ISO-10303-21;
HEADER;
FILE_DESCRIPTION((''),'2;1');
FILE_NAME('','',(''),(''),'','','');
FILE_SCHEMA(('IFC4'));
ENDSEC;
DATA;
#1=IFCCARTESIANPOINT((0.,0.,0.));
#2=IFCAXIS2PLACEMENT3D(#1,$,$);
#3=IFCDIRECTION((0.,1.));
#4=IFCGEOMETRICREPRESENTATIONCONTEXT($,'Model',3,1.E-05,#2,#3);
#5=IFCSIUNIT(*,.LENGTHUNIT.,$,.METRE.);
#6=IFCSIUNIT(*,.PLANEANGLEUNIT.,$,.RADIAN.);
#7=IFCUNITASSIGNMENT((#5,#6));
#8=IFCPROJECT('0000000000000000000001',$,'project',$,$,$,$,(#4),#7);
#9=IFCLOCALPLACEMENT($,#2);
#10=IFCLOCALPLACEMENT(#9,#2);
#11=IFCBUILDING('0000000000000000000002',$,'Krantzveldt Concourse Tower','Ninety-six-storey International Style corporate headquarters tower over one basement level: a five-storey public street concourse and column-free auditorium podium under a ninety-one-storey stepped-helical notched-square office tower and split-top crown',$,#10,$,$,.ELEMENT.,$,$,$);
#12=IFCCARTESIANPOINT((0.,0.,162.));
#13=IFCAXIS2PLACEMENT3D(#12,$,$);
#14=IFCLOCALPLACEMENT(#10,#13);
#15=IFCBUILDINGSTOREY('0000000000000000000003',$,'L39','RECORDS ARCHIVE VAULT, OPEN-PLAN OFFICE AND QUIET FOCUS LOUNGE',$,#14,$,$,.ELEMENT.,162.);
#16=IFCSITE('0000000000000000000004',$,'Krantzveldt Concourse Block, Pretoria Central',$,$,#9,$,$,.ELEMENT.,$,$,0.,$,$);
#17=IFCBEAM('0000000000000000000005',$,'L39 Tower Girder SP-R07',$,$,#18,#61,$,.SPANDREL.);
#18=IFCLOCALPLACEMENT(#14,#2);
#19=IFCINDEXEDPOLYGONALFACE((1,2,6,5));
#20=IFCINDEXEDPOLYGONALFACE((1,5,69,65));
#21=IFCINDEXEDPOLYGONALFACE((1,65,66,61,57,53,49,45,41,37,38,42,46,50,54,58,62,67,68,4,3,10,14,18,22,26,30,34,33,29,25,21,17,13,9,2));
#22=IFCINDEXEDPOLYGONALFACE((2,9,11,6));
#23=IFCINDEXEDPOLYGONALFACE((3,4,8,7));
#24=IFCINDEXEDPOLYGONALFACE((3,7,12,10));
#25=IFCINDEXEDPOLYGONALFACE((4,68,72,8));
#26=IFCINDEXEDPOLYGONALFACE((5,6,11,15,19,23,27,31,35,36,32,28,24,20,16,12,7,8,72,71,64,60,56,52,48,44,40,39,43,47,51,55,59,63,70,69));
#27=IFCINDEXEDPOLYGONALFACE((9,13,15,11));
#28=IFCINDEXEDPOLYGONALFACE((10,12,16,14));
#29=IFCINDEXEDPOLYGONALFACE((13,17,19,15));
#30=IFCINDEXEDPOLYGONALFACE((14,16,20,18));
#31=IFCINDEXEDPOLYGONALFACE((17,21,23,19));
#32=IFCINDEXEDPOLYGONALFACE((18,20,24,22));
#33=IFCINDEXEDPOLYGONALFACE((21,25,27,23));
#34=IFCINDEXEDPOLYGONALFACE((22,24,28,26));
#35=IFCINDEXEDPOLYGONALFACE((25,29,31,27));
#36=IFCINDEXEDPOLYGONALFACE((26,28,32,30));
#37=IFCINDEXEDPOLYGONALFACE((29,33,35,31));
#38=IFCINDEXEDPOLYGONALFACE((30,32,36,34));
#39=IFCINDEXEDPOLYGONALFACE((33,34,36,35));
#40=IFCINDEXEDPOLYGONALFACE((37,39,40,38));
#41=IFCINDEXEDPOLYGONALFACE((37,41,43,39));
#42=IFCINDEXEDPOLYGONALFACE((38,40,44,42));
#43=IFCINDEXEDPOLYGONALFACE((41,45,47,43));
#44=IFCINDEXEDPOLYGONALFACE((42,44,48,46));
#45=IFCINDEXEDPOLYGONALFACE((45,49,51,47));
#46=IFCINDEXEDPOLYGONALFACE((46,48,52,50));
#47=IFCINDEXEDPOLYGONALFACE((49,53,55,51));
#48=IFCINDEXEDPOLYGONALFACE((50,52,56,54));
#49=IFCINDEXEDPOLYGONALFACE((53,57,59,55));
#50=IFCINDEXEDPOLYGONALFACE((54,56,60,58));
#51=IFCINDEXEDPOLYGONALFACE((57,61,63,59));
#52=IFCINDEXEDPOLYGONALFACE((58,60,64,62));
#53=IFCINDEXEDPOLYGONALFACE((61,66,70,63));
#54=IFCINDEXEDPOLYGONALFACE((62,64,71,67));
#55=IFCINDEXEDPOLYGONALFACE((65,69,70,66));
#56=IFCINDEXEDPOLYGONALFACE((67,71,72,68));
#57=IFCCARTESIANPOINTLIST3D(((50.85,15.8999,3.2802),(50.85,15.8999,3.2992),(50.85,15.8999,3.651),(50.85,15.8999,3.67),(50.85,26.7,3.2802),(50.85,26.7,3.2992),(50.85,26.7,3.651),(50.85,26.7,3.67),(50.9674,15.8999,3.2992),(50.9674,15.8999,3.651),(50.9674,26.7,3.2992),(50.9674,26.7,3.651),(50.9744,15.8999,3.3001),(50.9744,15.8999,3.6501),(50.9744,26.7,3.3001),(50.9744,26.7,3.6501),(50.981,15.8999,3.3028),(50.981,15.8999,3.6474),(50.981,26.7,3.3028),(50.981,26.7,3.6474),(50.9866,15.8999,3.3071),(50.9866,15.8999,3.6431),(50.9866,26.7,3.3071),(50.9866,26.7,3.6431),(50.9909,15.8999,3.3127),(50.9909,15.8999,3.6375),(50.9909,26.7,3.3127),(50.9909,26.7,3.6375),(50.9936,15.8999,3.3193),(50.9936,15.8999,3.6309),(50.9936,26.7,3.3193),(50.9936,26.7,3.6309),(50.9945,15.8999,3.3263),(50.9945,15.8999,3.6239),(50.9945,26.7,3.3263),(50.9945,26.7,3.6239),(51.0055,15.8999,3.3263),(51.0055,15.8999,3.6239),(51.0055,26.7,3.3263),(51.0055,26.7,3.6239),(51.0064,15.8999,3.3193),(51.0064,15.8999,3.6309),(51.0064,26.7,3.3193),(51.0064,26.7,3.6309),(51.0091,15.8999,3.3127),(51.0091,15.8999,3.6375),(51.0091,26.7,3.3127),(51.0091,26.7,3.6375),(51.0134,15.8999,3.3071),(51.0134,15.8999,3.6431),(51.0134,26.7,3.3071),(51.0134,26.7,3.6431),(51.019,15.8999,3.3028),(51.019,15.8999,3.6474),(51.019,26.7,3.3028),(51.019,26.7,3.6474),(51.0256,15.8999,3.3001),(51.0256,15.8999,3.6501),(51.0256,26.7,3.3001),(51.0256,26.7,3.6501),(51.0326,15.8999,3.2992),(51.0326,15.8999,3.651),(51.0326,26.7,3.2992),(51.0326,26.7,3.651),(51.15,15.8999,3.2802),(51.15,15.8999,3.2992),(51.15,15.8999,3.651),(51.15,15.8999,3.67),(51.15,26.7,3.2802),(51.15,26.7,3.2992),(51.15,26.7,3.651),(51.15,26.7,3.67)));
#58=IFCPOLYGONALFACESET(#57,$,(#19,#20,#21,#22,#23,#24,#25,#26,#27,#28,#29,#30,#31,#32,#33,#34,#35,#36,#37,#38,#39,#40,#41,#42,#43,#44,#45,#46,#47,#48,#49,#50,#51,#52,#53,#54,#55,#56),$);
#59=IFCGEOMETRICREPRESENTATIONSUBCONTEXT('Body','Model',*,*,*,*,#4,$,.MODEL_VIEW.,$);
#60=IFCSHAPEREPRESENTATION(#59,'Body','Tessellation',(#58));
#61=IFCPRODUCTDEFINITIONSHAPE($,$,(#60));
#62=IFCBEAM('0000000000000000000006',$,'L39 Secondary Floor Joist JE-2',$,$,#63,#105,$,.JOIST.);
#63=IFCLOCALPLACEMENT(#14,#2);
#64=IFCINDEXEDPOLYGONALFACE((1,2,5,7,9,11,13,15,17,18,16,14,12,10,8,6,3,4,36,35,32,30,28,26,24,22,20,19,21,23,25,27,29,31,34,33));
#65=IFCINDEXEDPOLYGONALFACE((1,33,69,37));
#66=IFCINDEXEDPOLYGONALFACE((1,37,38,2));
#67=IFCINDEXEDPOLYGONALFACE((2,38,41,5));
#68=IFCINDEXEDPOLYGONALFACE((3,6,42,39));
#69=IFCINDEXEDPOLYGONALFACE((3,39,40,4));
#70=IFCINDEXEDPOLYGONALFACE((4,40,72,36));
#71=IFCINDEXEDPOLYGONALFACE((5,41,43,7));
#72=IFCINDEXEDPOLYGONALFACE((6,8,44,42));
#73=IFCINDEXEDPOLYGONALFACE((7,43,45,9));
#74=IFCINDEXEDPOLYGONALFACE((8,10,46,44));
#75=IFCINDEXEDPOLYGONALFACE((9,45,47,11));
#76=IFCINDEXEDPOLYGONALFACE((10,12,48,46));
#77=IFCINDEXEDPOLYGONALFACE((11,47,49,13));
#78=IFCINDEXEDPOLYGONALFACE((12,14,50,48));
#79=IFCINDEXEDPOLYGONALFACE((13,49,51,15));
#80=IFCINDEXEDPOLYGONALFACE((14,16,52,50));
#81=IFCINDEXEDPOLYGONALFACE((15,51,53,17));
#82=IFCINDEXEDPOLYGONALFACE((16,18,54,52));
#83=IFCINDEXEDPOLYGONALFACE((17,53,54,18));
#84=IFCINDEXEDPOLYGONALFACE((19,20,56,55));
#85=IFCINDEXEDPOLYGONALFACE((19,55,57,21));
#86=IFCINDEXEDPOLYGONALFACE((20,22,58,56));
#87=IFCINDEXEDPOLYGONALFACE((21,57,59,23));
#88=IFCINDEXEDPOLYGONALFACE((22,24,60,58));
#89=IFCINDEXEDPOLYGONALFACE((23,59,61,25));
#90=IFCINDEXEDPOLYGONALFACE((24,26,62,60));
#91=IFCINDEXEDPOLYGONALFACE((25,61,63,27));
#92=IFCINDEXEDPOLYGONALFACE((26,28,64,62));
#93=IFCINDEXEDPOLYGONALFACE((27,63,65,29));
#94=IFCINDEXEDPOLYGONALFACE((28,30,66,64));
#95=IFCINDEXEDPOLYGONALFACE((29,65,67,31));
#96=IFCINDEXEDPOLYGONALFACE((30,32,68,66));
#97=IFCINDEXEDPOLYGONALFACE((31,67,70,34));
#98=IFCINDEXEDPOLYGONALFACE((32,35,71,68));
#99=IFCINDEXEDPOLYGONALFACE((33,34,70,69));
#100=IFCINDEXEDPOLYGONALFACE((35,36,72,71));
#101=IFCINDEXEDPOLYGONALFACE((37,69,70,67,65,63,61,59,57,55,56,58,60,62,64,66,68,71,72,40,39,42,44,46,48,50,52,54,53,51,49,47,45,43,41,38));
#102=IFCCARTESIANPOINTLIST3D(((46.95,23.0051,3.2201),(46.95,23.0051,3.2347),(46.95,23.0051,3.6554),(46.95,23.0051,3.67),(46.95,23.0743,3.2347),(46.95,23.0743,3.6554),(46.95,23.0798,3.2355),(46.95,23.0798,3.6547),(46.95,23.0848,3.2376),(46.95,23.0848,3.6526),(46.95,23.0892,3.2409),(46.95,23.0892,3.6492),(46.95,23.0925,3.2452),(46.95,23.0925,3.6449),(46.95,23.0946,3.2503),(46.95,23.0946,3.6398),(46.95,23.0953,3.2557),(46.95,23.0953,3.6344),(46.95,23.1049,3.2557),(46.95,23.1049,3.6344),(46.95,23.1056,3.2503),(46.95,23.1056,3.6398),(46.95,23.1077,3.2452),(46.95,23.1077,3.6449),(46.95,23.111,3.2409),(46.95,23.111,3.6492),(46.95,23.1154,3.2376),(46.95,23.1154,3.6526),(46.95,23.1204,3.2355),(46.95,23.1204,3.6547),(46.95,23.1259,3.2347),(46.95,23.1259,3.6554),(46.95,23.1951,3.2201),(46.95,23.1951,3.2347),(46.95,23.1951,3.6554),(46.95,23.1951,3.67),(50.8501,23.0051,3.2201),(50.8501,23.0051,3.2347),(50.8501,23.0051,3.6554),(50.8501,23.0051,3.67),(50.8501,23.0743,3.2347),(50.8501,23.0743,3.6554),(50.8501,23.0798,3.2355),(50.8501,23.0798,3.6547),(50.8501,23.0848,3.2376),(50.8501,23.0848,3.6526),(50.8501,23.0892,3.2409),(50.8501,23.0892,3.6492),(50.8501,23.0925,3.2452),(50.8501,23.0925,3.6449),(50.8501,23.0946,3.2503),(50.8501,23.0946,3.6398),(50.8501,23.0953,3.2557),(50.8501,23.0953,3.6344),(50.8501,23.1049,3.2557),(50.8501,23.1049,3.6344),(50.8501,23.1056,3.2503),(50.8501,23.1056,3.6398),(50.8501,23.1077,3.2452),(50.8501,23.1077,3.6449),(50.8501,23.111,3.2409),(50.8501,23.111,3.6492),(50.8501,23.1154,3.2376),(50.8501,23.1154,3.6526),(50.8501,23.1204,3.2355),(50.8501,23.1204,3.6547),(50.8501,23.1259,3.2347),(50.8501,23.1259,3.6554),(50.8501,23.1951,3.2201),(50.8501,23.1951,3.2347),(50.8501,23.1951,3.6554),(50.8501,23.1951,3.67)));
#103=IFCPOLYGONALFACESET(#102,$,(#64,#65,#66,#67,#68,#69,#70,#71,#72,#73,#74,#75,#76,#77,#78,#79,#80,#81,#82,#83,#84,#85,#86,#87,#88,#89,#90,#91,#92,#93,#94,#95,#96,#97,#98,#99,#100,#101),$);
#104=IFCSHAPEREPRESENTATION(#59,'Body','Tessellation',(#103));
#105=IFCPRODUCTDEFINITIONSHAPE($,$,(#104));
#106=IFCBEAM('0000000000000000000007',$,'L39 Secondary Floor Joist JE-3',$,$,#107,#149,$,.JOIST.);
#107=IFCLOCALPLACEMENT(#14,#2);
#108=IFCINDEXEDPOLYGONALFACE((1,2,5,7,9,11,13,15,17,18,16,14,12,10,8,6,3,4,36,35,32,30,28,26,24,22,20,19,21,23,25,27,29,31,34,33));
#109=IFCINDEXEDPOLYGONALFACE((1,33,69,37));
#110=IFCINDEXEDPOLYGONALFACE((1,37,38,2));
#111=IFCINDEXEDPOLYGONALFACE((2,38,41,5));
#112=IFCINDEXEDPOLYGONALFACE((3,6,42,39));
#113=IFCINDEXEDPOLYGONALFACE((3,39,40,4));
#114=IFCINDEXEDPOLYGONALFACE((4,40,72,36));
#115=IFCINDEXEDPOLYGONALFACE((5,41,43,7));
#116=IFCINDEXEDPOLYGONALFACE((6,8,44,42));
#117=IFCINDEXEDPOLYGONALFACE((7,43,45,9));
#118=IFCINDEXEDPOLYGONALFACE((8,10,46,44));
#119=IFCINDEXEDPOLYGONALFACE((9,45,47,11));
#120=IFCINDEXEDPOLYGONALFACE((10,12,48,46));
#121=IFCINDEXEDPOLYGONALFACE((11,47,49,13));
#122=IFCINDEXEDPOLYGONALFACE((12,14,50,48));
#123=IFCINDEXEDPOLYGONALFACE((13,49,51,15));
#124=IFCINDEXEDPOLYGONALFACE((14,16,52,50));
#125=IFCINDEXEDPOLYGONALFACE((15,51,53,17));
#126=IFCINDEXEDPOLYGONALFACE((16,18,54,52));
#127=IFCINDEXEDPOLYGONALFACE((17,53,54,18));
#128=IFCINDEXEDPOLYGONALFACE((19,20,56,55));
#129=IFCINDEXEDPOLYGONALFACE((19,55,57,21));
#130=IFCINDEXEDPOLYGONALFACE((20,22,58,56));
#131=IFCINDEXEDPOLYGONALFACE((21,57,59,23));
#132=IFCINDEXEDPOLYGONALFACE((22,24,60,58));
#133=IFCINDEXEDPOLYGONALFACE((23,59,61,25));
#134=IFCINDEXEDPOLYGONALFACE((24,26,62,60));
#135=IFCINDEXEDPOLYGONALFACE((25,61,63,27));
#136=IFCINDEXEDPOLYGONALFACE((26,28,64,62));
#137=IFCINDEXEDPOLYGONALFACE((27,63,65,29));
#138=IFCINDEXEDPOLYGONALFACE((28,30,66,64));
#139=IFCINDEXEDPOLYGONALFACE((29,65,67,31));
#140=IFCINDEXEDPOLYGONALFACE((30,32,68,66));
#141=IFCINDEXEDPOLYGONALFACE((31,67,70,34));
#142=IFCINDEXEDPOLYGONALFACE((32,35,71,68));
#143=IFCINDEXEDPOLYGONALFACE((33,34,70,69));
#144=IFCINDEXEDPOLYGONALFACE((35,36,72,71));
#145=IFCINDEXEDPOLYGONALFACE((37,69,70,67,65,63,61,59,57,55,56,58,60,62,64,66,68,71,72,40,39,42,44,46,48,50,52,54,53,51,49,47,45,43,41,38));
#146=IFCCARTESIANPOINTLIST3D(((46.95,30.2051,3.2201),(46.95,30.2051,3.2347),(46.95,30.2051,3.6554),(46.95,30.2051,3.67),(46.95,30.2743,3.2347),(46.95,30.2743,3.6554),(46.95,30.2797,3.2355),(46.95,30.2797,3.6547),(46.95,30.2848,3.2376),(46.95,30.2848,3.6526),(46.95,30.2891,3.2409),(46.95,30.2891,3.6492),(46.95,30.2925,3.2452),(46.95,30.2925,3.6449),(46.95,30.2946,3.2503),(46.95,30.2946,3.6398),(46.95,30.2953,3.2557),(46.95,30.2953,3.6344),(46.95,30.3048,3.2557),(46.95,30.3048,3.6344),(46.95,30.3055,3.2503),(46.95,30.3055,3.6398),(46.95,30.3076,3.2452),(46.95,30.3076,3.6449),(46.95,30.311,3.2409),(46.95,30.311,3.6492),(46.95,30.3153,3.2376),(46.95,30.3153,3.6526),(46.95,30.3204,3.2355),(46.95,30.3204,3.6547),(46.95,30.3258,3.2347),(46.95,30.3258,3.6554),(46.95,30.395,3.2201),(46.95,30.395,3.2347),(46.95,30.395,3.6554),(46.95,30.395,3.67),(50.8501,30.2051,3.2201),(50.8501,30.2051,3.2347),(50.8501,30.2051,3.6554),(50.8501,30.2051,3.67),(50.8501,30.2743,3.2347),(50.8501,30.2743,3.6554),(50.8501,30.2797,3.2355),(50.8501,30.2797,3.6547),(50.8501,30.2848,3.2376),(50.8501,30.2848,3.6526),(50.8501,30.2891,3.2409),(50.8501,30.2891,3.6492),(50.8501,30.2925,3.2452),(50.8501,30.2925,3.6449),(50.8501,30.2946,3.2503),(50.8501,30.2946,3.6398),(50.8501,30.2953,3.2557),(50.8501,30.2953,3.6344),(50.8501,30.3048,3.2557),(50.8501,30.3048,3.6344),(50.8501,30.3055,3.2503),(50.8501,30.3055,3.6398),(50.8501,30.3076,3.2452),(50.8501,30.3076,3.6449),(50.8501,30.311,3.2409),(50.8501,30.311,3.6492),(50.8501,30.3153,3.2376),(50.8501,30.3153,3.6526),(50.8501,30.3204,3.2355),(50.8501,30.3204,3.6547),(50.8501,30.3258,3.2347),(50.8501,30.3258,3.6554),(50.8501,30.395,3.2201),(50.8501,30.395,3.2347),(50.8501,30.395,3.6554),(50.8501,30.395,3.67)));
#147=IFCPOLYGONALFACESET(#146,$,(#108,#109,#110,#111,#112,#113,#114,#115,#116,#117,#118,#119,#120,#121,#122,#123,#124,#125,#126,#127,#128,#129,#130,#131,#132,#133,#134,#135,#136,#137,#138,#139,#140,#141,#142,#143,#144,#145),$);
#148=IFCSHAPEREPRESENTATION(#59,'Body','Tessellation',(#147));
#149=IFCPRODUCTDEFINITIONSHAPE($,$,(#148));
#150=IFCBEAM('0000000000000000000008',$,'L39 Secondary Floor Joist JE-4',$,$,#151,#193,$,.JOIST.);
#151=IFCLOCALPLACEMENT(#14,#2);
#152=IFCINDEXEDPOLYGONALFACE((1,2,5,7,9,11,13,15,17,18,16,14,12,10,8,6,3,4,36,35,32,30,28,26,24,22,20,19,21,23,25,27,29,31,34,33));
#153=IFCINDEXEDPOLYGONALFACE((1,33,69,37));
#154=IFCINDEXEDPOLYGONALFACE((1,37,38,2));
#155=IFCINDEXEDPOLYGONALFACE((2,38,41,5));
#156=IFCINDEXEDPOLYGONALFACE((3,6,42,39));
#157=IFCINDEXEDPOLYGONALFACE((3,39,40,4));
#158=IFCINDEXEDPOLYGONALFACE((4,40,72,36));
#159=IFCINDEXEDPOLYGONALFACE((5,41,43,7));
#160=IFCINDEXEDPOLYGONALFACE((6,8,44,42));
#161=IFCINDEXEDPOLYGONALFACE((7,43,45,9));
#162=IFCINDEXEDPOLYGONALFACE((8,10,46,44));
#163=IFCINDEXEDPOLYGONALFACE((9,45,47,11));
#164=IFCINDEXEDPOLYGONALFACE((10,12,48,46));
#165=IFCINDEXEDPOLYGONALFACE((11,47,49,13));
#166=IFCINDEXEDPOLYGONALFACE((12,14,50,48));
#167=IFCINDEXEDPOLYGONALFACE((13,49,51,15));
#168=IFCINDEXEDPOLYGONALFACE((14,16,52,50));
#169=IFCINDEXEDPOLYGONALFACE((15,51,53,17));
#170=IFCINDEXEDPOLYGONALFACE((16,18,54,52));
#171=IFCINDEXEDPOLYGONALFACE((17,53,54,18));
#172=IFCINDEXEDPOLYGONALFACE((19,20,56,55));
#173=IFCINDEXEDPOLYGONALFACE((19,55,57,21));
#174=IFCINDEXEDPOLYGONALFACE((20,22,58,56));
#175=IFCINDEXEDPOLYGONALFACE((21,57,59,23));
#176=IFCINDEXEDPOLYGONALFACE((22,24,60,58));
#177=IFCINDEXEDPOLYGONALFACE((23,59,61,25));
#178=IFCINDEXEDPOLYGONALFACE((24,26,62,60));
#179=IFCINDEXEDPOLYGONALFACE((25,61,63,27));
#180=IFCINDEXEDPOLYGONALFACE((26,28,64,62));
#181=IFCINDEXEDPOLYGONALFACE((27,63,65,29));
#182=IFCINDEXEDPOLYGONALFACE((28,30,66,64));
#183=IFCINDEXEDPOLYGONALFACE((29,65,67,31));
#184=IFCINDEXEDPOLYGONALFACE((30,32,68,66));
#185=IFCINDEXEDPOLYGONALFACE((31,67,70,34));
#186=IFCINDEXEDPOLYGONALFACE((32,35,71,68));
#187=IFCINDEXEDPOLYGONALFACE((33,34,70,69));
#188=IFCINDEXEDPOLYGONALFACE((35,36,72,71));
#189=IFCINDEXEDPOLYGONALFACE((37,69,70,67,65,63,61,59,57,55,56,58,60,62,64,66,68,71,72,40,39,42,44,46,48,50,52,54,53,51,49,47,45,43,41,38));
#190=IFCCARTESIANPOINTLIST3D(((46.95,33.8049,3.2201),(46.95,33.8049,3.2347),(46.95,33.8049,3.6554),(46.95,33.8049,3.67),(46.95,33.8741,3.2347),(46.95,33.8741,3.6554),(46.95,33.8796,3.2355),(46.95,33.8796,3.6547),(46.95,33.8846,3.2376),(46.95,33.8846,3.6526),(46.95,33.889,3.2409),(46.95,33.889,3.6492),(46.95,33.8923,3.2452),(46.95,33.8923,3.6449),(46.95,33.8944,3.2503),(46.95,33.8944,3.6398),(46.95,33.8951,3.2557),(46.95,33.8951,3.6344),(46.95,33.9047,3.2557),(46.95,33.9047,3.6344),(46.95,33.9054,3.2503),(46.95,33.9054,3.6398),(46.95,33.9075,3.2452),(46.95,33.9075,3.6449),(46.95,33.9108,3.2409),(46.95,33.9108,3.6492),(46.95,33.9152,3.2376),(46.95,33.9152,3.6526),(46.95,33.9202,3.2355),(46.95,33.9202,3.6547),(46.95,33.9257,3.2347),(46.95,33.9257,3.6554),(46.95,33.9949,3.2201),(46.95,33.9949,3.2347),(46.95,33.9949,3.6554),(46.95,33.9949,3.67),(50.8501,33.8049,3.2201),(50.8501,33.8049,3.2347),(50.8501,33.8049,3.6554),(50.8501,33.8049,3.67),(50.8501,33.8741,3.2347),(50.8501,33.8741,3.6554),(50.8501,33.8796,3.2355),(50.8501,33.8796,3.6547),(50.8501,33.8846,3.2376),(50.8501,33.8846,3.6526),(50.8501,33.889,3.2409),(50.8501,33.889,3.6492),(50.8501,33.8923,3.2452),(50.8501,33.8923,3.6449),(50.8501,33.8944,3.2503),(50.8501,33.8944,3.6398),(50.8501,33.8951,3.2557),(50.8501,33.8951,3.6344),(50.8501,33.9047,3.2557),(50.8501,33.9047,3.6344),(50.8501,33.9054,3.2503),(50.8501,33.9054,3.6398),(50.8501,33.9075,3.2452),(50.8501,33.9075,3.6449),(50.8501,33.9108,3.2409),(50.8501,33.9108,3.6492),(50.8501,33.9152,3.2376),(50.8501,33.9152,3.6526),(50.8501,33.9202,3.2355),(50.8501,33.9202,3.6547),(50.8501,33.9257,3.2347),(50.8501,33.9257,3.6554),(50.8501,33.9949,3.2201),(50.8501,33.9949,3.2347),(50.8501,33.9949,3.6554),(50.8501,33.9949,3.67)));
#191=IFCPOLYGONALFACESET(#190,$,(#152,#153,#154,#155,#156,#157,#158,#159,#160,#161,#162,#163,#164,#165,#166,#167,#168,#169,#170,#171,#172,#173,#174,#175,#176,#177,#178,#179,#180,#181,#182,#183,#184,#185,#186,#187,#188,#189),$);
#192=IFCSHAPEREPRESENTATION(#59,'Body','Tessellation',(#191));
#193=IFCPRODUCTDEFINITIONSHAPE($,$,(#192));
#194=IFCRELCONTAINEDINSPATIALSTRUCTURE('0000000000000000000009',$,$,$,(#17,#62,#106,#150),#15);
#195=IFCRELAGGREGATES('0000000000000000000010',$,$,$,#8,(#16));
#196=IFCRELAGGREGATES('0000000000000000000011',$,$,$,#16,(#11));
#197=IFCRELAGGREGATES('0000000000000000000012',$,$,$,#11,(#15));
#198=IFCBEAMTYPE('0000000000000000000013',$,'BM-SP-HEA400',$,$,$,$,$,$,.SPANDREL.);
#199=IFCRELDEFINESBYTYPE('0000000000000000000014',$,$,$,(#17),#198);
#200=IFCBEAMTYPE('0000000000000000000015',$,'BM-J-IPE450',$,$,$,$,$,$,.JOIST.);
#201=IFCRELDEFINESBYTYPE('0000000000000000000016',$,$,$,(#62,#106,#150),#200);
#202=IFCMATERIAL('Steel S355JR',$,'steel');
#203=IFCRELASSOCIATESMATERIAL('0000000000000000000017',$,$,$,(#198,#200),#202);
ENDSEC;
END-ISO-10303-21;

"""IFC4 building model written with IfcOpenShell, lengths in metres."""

from ifc_helpers import new_model, si_unit, direction, frame, origin, origin_2d, place, context, subcontext, project, spatial, i_section, extrude, source, transform, mapped, material, material_profile, profile_set, type_object, type_shapes, element, save


model = new_model("IFC4")

# Units and contexts
model_context = context("Model", 3, precision=1e-05, world=origin(), true_north=direction((0.0, 1.0)))
body_context = subcontext(model_context, "Body", "Model", "MODEL_VIEW")
ifc_project = project(units=[si_unit("LENGTHUNIT", "METRE"), si_unit("PLANEANGLEUNIT", "RADIAN")], contexts=[model_context])

# Site, building, storey
site_placement = place(None, origin())
site = spatial("IfcSite", under=ifc_project, at=site_placement, Name="Krantzveldt Concourse Block, Pretoria Central", CompositionType="ELEMENT", RefElevation=0.0)
building_placement = place(site_placement, origin())
building = spatial("IfcBuilding", under=site, at=building_placement, Name="Krantzveldt Concourse Tower", Description="Ninety-six-storey International Style corporate headquarters tower over one basement level: a five-storey public street concourse and column-free auditorium podium under a ninety-one-storey stepped-helical notched-square office tower and split-top crown", CompositionType="ELEMENT")
storey_placement = place(building_placement, frame((0.0, 0.0, 162.0)))
storey = spatial("IfcBuildingStorey", under=building, at=storey_placement, Name="L39", Description="RECORDS ARCHIVE VAULT, OPEN-PLAN OFFICE AND QUIET FOCUS LOUNGE", CompositionType="ELEMENT", Elevation=162.0)

# Beams
ifc_material_1 = material(Name="Steel S355JR", Category="steel")
ifc_material_profile_1 = material_profile(ifc_material_1, i_section(OverallWidth=0.3, OverallDepth=0.3899, WebThickness=0.011, FlangeThickness=0.019, FilletRadius=0.0271, at=origin_2d()), Name="Steel S355JR", Category="steel")
ifc_profile_set_1 = profile_set([ifc_material_profile_1], Name="Steel S355JR - HEA 400")
beam_type_1 = type_object("IfcBeamType", Name="BM-SP-HEA400", PredefinedType="SPANDREL", material=ifc_profile_set_1)
shared_shape_1 = source(origin(), body_context, "Body", "SweptSolid", [
    extrude(i_section(OverallWidth=0.3, OverallDepth=0.3899, WebThickness=0.011, FlangeThickness=0.019, FilletRadius=0.0271, at=origin_2d()), origin(), (0.0, 0.0, 1.0), 10.8),
])
type_shapes(beam_type_1, [shared_shape_1])
for number, where, z_axis, x_axis, name in (
    (1, (51.0, 26.7, 3.4751), (0.0, -1.0, 0.0), (1.0, 0.0, 0.0), "L39 Tower Girder SP-R07"),
):
    element("IfcBeam", number, at=place(storey_placement, frame(where, z_axis=z_axis, x_axis=x_axis)), inside=storey, type_object=beam_type_1, Name=name, PredefinedType="SPANDREL", context=body_context, shape_type="MappedRepresentation", body=[
        mapped(shared_shape_1, transform((0.0, 0.0, 0.0), x_axis=(1.0, 0.0, 0.0), y_axis=(0.0, 1.0, 0.0), z_axis=(0.0, 0.0, 1.0), scale=1.0)),
    ])
ifc_material_profile_2 = material_profile(ifc_material_1, i_section(OverallWidth=0.1899, OverallDepth=0.45, WebThickness=0.0095, FlangeThickness=0.0146, FilletRadius=0.021, at=origin_2d()), Name="Steel S355JR", Category="steel")
ifc_profile_set_2 = profile_set([ifc_material_profile_2], Name="Steel S355JR - IPE 450")
beam_type_2 = type_object("IfcBeamType", Name="BM-J-IPE450", PredefinedType="JOIST", material=ifc_profile_set_2)
shared_shape_2 = source(origin(), body_context, "Body", "SweptSolid", [
    extrude(i_section(OverallWidth=0.1899, OverallDepth=0.45, WebThickness=0.0095, FlangeThickness=0.0146, FilletRadius=0.021, at=origin_2d()), origin(), (0.0, 0.0, 1.0), 3.9001),
])
type_shapes(beam_type_2, [shared_shape_2])
for number, where, z_axis, x_axis, name in (
    (2, (46.95, 23.1001, 3.4451), (1.0, 0.0, 0.0), (0.0, 1.0, 0.0), "L39 Secondary Floor Joist JE-2"),
    (3, (46.95, 30.3, 3.4451), (1.0, 0.0, 0.0), (0.0, 1.0, 0.0), "L39 Secondary Floor Joist JE-3"),
    (4, (46.95, 33.8999, 3.4451), (1.0, 0.0, 0.0), (0.0, 1.0, 0.0), "L39 Secondary Floor Joist JE-4"),
):
    element("IfcBeam", number, at=place(storey_placement, frame(where, z_axis=z_axis, x_axis=x_axis)), inside=storey, type_object=beam_type_2, Name=name, PredefinedType="JOIST", context=body_context, shape_type="MappedRepresentation", body=[
        mapped(shared_shape_2, transform((0.0, 0.0, 0.0), x_axis=(1.0, 0.0, 0.0), y_axis=(0.0, 1.0, 0.0), z_axis=(0.0, 0.0, 1.0), scale=1.0)),
    ])

save(model, "model.ifc")
